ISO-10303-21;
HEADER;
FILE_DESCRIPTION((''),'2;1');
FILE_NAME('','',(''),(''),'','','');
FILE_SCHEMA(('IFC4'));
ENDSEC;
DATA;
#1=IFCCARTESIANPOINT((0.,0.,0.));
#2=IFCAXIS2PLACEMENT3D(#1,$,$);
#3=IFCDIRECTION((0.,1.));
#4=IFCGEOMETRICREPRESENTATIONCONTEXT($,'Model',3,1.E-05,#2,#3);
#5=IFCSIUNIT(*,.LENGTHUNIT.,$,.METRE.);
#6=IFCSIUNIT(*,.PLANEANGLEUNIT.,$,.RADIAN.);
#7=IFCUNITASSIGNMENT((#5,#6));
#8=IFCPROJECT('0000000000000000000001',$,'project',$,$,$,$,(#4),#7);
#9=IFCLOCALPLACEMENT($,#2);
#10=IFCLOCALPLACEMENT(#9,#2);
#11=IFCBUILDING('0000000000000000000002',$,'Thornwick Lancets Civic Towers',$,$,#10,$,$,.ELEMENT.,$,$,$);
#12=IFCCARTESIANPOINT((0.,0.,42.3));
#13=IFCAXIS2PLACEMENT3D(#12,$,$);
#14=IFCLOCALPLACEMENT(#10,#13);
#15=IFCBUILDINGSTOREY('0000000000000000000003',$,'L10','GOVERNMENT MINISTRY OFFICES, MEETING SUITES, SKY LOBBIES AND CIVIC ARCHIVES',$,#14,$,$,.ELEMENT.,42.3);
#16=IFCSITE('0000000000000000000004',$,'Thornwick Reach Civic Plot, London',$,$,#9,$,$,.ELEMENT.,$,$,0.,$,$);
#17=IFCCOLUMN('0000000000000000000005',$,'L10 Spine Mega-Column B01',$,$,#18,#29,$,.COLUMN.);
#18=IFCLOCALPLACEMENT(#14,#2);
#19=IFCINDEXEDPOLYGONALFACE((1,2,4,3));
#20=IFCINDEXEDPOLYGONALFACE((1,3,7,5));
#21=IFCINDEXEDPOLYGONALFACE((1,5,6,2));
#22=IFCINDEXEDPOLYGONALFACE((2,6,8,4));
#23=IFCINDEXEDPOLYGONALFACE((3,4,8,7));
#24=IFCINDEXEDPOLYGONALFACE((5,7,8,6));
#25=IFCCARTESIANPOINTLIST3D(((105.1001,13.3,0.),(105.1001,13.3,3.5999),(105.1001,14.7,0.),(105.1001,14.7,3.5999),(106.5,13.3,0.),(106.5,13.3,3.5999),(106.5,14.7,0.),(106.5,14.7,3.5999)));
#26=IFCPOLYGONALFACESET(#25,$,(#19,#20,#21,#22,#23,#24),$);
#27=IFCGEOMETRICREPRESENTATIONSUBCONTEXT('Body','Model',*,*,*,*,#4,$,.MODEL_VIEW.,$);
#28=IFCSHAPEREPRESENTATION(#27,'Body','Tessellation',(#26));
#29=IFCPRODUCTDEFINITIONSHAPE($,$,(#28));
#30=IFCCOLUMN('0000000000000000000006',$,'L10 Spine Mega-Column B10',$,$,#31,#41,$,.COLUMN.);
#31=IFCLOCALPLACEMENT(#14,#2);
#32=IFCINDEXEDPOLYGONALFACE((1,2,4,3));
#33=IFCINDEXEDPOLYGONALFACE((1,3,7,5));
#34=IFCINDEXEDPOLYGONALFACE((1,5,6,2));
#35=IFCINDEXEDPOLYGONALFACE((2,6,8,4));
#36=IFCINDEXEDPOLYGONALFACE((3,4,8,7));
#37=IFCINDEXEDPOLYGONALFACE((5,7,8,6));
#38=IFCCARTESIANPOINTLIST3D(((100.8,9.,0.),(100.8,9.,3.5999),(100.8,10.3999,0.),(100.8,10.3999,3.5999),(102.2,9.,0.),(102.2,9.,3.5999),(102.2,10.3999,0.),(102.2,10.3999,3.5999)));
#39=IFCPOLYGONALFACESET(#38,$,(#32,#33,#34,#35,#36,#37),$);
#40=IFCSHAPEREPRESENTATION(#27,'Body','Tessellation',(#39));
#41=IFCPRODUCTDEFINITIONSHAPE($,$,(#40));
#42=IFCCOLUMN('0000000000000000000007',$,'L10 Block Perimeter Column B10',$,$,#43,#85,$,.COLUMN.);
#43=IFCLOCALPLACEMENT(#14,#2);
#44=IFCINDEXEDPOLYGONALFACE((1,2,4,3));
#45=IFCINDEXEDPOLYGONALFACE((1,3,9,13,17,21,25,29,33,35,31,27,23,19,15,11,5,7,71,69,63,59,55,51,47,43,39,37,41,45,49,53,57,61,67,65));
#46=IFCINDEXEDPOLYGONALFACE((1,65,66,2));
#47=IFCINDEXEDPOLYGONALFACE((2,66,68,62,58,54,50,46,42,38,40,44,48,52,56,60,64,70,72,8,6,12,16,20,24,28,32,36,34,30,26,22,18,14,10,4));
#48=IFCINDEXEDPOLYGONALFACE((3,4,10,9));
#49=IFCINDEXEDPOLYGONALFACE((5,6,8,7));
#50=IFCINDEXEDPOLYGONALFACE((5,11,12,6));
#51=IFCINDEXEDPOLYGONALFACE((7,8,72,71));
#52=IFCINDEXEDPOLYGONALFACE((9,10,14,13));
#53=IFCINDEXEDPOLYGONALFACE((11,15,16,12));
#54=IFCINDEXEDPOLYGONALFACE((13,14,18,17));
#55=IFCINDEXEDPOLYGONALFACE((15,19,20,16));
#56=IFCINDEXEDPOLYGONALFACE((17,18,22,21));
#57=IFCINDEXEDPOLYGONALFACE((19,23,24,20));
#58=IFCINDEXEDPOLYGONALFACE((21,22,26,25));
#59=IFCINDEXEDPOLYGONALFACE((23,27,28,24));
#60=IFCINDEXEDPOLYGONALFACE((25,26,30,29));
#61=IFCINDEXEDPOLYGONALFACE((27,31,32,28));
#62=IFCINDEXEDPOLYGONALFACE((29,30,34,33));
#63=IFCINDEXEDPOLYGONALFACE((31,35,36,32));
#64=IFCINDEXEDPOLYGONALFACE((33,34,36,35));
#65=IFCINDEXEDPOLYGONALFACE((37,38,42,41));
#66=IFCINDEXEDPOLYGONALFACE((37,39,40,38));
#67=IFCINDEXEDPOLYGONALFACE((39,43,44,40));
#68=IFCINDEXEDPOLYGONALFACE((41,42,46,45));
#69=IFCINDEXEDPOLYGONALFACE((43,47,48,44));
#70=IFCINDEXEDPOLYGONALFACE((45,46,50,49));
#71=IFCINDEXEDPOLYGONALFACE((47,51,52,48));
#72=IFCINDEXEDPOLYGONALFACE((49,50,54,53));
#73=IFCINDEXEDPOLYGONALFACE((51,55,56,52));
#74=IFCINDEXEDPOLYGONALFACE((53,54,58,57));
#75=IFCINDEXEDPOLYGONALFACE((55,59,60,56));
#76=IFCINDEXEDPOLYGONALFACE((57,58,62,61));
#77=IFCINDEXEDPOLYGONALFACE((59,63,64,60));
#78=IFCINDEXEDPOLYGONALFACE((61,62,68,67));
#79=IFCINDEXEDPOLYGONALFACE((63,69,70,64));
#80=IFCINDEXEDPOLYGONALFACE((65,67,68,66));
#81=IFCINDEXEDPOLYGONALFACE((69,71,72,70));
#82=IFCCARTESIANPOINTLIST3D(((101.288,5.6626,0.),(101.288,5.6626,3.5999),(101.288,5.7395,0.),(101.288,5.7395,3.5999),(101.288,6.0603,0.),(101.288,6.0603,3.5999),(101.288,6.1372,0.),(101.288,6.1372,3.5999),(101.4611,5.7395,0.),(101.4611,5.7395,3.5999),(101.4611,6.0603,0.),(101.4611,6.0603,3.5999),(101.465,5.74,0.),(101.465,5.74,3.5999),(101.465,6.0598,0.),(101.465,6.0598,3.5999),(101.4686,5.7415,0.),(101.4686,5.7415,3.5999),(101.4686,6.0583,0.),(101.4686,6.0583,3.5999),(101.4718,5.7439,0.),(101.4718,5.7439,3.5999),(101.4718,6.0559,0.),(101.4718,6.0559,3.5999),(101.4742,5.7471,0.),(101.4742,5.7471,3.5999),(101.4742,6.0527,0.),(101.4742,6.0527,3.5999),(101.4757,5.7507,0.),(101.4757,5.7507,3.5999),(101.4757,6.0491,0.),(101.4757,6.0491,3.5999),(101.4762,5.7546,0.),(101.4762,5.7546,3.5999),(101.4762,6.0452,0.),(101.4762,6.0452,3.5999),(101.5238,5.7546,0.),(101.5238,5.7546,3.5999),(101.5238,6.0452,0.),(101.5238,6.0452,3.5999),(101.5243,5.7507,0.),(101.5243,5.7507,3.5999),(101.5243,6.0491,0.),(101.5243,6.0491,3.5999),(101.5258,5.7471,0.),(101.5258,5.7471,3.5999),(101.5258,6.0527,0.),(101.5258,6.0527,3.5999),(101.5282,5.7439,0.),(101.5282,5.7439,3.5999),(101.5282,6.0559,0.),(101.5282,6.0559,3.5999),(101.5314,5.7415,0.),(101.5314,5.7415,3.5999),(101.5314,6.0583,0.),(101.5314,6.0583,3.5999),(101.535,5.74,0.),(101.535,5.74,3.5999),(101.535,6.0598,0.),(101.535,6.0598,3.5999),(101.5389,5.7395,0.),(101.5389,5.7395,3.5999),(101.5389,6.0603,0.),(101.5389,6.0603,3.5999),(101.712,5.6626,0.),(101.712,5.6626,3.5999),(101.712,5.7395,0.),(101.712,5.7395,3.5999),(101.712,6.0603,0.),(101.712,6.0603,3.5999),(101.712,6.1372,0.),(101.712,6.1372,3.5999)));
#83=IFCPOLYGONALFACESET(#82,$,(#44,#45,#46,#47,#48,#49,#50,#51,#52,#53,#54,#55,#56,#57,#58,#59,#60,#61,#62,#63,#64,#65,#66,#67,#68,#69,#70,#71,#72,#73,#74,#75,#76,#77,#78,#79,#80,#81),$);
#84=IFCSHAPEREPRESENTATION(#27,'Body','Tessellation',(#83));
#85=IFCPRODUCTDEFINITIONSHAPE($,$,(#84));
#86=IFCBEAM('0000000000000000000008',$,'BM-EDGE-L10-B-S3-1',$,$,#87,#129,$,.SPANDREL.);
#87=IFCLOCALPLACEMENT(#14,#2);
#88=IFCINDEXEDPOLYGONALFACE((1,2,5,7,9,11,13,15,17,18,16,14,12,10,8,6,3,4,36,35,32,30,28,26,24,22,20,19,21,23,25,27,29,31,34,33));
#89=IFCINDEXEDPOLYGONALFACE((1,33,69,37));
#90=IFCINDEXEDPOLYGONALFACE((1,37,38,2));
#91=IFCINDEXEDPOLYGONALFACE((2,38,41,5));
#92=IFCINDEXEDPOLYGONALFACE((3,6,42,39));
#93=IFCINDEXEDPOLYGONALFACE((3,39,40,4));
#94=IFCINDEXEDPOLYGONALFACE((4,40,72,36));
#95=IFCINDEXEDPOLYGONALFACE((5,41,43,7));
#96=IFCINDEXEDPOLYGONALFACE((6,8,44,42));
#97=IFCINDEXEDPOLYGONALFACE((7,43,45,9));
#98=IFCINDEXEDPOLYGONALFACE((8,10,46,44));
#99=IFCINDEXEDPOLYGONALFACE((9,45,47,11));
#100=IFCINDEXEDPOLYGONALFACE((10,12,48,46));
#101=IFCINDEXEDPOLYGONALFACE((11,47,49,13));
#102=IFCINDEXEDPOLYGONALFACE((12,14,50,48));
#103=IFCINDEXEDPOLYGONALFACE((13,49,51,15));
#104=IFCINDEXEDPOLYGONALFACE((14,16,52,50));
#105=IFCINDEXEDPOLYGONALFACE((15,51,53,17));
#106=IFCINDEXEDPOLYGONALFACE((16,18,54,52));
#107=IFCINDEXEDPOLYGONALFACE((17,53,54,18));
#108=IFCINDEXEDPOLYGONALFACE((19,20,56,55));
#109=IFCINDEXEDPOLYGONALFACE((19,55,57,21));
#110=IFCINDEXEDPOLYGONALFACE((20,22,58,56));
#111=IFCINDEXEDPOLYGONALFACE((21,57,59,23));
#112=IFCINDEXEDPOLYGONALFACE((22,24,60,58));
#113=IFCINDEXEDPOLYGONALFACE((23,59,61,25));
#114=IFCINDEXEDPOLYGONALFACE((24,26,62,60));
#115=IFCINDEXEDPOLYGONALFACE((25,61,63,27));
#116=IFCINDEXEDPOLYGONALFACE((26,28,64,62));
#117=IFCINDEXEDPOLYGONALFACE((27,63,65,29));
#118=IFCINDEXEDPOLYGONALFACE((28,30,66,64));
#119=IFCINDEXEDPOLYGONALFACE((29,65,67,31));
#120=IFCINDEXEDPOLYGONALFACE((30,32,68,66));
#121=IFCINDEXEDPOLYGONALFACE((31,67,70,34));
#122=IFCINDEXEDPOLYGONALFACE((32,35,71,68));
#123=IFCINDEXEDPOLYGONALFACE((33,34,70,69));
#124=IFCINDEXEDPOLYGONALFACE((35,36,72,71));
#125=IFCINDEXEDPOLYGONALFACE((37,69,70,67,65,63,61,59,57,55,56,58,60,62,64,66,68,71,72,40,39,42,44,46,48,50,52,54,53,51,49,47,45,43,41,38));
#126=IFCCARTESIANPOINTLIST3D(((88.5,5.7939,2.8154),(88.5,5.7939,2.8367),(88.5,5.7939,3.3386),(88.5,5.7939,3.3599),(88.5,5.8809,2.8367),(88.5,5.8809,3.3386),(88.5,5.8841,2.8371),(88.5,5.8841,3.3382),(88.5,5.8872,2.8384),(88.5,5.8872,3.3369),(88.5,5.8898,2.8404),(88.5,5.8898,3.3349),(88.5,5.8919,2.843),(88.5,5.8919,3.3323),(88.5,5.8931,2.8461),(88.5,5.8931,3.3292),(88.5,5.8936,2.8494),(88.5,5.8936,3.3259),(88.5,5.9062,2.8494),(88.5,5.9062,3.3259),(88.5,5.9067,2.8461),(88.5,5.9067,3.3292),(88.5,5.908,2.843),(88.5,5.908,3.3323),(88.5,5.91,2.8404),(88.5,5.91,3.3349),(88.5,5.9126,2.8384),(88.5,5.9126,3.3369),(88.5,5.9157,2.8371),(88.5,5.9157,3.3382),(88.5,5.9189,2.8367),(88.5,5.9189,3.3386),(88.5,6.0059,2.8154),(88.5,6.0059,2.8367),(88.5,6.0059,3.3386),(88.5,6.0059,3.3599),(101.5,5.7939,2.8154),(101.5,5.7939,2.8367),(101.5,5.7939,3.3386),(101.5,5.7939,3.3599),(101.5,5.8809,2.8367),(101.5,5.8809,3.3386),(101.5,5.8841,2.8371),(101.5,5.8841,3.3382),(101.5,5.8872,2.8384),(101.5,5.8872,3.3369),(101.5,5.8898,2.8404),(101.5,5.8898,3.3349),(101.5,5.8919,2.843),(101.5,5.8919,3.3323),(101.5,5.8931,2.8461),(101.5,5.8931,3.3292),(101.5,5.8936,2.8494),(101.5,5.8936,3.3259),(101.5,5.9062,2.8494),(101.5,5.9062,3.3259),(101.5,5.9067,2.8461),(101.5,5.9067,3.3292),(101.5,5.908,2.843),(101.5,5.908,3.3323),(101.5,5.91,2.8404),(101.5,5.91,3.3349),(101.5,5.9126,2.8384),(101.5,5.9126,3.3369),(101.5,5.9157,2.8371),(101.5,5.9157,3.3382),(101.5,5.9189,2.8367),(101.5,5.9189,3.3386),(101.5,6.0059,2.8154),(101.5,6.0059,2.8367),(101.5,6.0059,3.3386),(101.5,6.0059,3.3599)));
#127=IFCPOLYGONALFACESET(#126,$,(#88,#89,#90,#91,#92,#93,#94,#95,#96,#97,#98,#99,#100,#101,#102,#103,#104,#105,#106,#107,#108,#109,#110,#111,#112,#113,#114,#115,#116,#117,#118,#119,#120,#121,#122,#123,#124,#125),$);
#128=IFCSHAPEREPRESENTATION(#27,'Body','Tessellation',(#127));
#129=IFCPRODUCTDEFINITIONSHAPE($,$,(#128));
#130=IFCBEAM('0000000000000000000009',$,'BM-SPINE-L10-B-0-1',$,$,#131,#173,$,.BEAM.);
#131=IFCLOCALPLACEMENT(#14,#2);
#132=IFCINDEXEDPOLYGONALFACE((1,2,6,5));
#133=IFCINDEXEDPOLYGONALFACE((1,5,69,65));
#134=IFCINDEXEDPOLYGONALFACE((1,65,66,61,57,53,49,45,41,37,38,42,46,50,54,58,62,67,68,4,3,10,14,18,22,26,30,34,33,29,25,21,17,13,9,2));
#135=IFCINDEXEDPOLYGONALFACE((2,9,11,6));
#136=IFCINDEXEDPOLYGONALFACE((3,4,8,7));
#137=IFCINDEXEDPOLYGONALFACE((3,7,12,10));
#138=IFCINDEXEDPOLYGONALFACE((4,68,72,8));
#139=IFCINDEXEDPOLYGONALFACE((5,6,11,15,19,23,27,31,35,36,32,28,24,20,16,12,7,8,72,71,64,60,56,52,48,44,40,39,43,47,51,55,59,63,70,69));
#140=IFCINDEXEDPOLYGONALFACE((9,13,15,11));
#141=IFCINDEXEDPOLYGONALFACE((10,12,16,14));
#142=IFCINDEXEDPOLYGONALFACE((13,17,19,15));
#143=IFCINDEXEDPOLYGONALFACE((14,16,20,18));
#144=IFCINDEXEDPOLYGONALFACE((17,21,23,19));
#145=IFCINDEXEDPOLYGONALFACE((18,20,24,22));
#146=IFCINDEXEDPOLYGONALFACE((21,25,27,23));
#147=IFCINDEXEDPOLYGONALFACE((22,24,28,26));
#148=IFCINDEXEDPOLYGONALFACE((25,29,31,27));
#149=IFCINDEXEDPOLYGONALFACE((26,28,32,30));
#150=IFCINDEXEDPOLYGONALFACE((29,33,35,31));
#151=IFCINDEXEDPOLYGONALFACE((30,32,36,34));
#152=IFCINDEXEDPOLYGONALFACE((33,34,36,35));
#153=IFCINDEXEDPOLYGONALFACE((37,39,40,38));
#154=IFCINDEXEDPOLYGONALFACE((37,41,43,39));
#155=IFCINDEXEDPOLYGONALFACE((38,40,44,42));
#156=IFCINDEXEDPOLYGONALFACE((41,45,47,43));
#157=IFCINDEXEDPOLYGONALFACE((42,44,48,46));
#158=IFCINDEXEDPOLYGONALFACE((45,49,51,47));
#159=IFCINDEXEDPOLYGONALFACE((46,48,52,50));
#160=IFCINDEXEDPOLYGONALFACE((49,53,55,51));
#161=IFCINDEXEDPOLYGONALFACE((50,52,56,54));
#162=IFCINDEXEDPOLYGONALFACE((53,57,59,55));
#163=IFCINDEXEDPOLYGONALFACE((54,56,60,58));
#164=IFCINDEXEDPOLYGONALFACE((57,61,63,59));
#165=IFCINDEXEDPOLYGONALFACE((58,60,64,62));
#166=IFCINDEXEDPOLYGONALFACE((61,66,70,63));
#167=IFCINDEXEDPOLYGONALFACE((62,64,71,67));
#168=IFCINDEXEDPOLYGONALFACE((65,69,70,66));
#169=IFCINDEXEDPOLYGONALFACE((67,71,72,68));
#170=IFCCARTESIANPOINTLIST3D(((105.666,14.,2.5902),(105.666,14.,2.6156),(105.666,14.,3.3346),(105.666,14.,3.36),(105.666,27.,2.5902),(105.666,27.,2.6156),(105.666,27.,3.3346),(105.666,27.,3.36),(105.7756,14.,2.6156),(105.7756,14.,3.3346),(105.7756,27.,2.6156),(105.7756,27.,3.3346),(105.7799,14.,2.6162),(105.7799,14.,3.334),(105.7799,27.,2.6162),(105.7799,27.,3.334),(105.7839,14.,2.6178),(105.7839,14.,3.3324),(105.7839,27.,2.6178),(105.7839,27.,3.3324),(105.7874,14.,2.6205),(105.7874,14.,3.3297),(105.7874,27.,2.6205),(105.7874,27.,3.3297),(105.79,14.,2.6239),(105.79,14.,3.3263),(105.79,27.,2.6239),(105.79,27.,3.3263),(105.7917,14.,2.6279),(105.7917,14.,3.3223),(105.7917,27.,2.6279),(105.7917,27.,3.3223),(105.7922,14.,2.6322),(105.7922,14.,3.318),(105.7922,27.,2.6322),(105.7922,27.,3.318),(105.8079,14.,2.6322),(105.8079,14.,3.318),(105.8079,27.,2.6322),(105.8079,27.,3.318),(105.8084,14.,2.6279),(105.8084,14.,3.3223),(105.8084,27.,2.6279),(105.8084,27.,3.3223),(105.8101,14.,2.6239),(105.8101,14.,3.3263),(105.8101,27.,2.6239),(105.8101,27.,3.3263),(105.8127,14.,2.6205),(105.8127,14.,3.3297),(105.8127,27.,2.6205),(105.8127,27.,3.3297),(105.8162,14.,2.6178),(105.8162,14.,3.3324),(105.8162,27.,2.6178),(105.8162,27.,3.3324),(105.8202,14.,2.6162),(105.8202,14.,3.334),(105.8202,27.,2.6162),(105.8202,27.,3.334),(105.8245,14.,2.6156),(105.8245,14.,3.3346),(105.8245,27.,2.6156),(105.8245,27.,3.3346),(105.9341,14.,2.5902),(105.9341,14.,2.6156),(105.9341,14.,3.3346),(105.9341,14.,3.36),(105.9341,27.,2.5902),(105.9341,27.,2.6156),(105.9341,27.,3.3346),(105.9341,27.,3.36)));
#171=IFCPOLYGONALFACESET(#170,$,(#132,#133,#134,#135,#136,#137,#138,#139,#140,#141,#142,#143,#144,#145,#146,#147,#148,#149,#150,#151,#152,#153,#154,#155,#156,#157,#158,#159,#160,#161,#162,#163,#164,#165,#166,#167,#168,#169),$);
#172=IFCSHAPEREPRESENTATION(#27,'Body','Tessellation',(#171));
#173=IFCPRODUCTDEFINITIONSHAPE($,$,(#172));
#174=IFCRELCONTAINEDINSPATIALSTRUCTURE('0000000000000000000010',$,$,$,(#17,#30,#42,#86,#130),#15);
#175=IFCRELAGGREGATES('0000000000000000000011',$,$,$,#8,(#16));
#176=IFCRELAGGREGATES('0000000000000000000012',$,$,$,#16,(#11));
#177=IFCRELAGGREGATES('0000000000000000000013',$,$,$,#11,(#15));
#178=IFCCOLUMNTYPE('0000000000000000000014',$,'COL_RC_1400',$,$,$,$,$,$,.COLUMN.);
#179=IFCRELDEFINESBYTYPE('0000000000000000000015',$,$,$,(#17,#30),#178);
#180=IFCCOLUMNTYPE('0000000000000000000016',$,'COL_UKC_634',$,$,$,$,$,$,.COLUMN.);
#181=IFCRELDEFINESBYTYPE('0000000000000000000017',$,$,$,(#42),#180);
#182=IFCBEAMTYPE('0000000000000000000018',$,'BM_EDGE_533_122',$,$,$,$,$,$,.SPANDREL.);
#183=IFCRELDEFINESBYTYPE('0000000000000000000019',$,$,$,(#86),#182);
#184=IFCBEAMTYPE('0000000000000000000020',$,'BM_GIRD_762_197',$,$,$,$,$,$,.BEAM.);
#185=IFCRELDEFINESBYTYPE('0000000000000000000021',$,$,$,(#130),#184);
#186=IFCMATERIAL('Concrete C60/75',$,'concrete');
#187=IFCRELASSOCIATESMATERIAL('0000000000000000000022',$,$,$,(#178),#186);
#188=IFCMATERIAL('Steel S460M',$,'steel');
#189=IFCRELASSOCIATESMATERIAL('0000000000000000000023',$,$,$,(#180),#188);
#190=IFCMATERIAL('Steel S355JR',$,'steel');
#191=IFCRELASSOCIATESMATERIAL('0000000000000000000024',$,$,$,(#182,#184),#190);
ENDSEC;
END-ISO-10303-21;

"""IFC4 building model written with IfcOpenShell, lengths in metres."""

from ifc_helpers import new_model, si_unit, direction, frame, origin, origin_2d, place, context, subcontext, project, spatial, rectangle, i_section, extrude, material, material_profile, profile_set, type_object, element, save


model = new_model("IFC4")

# Units and contexts
model_context = context("Model", 3, precision=1e-05, world=origin(), true_north=direction((0.0, 1.0)))
body_context = subcontext(model_context, "Body", "Model", "MODEL_VIEW")
ifc_project = project(units=[si_unit("LENGTHUNIT", "METRE"), si_unit("PLANEANGLEUNIT", "RADIAN")], contexts=[model_context])

# Site, building, storey
site_placement = place(None, origin())
site = spatial("IfcSite", under=ifc_project, at=site_placement, Name="Thornwick Reach Civic Plot, London", CompositionType="ELEMENT", RefElevation=0.0)
building_placement = place(site_placement, origin())
building = spatial("IfcBuilding", under=site, at=building_placement, Name="Thornwick Lancets Civic Towers", CompositionType="ELEMENT")
storey_placement = place(building_placement, frame((0.0, 0.0, 42.3)))
storey = spatial("IfcBuildingStorey", under=building, at=storey_placement, Name="L10", Description="GOVERNMENT MINISTRY OFFICES, MEETING SUITES, SKY LOBBIES AND CIVIC ARCHIVES", CompositionType="ELEMENT", Elevation=42.3)

# Columns
ifc_material_1 = material(Name="Concrete C60/75", Category="concrete")
ifc_material_profile_1 = material_profile(ifc_material_1, rectangle(XDim=1.3999, YDim=1.3999, at=origin_2d()), Name="RC 1400x1400")
ifc_profile_set_1 = profile_set([ifc_material_profile_1], Name="Concrete C60/75")
column_type_1 = type_object("IfcColumnType", Name="COL_RC_1400", PredefinedType="COLUMN", material=ifc_profile_set_1)
for number, where, z_axis, x_axis, name in (
    (1, (105.8, 14.0, 0.0), (0.0, 0.0, 1.0), (1.0, 0.0, 0.0), "L10 Spine Mega-Column B01"),
    (2, (101.5, 9.7, 0.0), (0.0, 0.0, 1.0), (1.0, 0.0, 0.0), "L10 Spine Mega-Column B10"),
):
    element("IfcColumn", number, at=place(storey_placement, frame(where, z_axis=z_axis, x_axis=x_axis)), inside=storey, type_object=column_type_1, Name=name, PredefinedType="COLUMN", context=body_context, shape_type="SweptSolid", body=[
        extrude(rectangle(XDim=1.3999, YDim=1.3999, at=origin_2d()), origin(), (0.0, 0.0, 1.0), 3.5999),
    ])
ifc_material_2 = material(Name="Steel S460M", Category="steel")
ifc_material_profile_2 = material_profile(ifc_material_2, i_section(OverallWidth=0.4241, OverallDepth=0.4746, WebThickness=0.0476, FlangeThickness=0.0769, FilletRadius=0.0151, at=origin_2d()), Name="UKC 356x406x634")
ifc_profile_set_2 = profile_set([ifc_material_profile_2], Name="Steel S460M")
column_type_2 = type_object("IfcColumnType", Name="COL_UKC_634", PredefinedType="COLUMN", material=ifc_profile_set_2)
column_placement = place(storey_placement, frame((101.5, 5.8999, 0.0), z_axis=(0.0, 0.0, 1.0), x_axis=(1.0, 0.0, 0.0)))
element("IfcColumn", 3, at=column_placement, inside=storey, type_object=column_type_2, Name="L10 Block Perimeter Column B10", PredefinedType="COLUMN", context=body_context, shape_type="SweptSolid", body=[
    extrude(i_section(OverallWidth=0.4241, OverallDepth=0.4746, WebThickness=0.0476, FlangeThickness=0.0769, FilletRadius=0.0151, at=origin_2d()), origin(), (0.0, 0.0, 1.0), 3.5999),
])

# Beams
ifc_material_3 = material(Name="Steel S355JR", Category="steel")
ifc_material_profile_3 = material_profile(ifc_material_3, i_section(OverallWidth=0.2119, OverallDepth=0.5444, WebThickness=0.0127, FlangeThickness=0.0212, FilletRadius=0.0127, at=origin_2d()), Name="UKB 533x210x122")
ifc_profile_set_3 = profile_set([ifc_material_profile_3], Name="Steel S355JR")
beam_type_1 = type_object("IfcBeamType", Name="BM_EDGE_533_122", PredefinedType="SPANDREL", material=ifc_profile_set_3)
beam_1_placement = place(storey_placement, frame((101.5, 5.8999, 3.0876), z_axis=(-1.0, 0.0, 0.0), x_axis=(0.0, -1.0, 0.0)))
element("IfcBeam", 4, at=beam_1_placement, inside=storey, type_object=beam_type_1, Name="BM-EDGE-L10-B-S3-1", PredefinedType="SPANDREL", context=body_context, shape_type="SweptSolid", body=[
    extrude(i_section(OverallWidth=0.2119, OverallDepth=0.5444, WebThickness=0.0127, FlangeThickness=0.0212, FilletRadius=0.0127, at=origin_2d()), origin(), (0.0, 0.0, 1.0), 13.0),
])
ifc_material_profile_4 = material_profile(ifc_material_3, i_section(OverallWidth=0.2681, OverallDepth=0.7698, WebThickness=0.0156, FlangeThickness=0.0254, FilletRadius=0.0166, at=origin_2d()), Name="UKB 762x267x197")
ifc_profile_set_4 = profile_set([ifc_material_profile_4], Name="Steel S355JR")
beam_type_2 = type_object("IfcBeamType", Name="BM_GIRD_762_197", PredefinedType="BEAM", material=ifc_profile_set_4)
for number, where, z_axis, x_axis, name in (
    (5, (105.8, 14.0, 2.9751), (0.0, 1.0, 0.0), (-1.0, 0.0, 0.0), "BM-SPINE-L10-B-0-1"),
):
    element("IfcBeam", number, at=place(storey_placement, frame(where, z_axis=z_axis, x_axis=x_axis)), inside=storey, type_object=beam_type_2, Name=name, PredefinedType="BEAM", context=body_context, shape_type="SweptSolid", body=[
        extrude(i_section(OverallWidth=0.2681, OverallDepth=0.7698, WebThickness=0.0156, FlangeThickness=0.0254, FilletRadius=0.0166, at=origin_2d()), origin(), (0.0, 0.0, 1.0), 13.0),
    ])

save(model, "model.ifc")
